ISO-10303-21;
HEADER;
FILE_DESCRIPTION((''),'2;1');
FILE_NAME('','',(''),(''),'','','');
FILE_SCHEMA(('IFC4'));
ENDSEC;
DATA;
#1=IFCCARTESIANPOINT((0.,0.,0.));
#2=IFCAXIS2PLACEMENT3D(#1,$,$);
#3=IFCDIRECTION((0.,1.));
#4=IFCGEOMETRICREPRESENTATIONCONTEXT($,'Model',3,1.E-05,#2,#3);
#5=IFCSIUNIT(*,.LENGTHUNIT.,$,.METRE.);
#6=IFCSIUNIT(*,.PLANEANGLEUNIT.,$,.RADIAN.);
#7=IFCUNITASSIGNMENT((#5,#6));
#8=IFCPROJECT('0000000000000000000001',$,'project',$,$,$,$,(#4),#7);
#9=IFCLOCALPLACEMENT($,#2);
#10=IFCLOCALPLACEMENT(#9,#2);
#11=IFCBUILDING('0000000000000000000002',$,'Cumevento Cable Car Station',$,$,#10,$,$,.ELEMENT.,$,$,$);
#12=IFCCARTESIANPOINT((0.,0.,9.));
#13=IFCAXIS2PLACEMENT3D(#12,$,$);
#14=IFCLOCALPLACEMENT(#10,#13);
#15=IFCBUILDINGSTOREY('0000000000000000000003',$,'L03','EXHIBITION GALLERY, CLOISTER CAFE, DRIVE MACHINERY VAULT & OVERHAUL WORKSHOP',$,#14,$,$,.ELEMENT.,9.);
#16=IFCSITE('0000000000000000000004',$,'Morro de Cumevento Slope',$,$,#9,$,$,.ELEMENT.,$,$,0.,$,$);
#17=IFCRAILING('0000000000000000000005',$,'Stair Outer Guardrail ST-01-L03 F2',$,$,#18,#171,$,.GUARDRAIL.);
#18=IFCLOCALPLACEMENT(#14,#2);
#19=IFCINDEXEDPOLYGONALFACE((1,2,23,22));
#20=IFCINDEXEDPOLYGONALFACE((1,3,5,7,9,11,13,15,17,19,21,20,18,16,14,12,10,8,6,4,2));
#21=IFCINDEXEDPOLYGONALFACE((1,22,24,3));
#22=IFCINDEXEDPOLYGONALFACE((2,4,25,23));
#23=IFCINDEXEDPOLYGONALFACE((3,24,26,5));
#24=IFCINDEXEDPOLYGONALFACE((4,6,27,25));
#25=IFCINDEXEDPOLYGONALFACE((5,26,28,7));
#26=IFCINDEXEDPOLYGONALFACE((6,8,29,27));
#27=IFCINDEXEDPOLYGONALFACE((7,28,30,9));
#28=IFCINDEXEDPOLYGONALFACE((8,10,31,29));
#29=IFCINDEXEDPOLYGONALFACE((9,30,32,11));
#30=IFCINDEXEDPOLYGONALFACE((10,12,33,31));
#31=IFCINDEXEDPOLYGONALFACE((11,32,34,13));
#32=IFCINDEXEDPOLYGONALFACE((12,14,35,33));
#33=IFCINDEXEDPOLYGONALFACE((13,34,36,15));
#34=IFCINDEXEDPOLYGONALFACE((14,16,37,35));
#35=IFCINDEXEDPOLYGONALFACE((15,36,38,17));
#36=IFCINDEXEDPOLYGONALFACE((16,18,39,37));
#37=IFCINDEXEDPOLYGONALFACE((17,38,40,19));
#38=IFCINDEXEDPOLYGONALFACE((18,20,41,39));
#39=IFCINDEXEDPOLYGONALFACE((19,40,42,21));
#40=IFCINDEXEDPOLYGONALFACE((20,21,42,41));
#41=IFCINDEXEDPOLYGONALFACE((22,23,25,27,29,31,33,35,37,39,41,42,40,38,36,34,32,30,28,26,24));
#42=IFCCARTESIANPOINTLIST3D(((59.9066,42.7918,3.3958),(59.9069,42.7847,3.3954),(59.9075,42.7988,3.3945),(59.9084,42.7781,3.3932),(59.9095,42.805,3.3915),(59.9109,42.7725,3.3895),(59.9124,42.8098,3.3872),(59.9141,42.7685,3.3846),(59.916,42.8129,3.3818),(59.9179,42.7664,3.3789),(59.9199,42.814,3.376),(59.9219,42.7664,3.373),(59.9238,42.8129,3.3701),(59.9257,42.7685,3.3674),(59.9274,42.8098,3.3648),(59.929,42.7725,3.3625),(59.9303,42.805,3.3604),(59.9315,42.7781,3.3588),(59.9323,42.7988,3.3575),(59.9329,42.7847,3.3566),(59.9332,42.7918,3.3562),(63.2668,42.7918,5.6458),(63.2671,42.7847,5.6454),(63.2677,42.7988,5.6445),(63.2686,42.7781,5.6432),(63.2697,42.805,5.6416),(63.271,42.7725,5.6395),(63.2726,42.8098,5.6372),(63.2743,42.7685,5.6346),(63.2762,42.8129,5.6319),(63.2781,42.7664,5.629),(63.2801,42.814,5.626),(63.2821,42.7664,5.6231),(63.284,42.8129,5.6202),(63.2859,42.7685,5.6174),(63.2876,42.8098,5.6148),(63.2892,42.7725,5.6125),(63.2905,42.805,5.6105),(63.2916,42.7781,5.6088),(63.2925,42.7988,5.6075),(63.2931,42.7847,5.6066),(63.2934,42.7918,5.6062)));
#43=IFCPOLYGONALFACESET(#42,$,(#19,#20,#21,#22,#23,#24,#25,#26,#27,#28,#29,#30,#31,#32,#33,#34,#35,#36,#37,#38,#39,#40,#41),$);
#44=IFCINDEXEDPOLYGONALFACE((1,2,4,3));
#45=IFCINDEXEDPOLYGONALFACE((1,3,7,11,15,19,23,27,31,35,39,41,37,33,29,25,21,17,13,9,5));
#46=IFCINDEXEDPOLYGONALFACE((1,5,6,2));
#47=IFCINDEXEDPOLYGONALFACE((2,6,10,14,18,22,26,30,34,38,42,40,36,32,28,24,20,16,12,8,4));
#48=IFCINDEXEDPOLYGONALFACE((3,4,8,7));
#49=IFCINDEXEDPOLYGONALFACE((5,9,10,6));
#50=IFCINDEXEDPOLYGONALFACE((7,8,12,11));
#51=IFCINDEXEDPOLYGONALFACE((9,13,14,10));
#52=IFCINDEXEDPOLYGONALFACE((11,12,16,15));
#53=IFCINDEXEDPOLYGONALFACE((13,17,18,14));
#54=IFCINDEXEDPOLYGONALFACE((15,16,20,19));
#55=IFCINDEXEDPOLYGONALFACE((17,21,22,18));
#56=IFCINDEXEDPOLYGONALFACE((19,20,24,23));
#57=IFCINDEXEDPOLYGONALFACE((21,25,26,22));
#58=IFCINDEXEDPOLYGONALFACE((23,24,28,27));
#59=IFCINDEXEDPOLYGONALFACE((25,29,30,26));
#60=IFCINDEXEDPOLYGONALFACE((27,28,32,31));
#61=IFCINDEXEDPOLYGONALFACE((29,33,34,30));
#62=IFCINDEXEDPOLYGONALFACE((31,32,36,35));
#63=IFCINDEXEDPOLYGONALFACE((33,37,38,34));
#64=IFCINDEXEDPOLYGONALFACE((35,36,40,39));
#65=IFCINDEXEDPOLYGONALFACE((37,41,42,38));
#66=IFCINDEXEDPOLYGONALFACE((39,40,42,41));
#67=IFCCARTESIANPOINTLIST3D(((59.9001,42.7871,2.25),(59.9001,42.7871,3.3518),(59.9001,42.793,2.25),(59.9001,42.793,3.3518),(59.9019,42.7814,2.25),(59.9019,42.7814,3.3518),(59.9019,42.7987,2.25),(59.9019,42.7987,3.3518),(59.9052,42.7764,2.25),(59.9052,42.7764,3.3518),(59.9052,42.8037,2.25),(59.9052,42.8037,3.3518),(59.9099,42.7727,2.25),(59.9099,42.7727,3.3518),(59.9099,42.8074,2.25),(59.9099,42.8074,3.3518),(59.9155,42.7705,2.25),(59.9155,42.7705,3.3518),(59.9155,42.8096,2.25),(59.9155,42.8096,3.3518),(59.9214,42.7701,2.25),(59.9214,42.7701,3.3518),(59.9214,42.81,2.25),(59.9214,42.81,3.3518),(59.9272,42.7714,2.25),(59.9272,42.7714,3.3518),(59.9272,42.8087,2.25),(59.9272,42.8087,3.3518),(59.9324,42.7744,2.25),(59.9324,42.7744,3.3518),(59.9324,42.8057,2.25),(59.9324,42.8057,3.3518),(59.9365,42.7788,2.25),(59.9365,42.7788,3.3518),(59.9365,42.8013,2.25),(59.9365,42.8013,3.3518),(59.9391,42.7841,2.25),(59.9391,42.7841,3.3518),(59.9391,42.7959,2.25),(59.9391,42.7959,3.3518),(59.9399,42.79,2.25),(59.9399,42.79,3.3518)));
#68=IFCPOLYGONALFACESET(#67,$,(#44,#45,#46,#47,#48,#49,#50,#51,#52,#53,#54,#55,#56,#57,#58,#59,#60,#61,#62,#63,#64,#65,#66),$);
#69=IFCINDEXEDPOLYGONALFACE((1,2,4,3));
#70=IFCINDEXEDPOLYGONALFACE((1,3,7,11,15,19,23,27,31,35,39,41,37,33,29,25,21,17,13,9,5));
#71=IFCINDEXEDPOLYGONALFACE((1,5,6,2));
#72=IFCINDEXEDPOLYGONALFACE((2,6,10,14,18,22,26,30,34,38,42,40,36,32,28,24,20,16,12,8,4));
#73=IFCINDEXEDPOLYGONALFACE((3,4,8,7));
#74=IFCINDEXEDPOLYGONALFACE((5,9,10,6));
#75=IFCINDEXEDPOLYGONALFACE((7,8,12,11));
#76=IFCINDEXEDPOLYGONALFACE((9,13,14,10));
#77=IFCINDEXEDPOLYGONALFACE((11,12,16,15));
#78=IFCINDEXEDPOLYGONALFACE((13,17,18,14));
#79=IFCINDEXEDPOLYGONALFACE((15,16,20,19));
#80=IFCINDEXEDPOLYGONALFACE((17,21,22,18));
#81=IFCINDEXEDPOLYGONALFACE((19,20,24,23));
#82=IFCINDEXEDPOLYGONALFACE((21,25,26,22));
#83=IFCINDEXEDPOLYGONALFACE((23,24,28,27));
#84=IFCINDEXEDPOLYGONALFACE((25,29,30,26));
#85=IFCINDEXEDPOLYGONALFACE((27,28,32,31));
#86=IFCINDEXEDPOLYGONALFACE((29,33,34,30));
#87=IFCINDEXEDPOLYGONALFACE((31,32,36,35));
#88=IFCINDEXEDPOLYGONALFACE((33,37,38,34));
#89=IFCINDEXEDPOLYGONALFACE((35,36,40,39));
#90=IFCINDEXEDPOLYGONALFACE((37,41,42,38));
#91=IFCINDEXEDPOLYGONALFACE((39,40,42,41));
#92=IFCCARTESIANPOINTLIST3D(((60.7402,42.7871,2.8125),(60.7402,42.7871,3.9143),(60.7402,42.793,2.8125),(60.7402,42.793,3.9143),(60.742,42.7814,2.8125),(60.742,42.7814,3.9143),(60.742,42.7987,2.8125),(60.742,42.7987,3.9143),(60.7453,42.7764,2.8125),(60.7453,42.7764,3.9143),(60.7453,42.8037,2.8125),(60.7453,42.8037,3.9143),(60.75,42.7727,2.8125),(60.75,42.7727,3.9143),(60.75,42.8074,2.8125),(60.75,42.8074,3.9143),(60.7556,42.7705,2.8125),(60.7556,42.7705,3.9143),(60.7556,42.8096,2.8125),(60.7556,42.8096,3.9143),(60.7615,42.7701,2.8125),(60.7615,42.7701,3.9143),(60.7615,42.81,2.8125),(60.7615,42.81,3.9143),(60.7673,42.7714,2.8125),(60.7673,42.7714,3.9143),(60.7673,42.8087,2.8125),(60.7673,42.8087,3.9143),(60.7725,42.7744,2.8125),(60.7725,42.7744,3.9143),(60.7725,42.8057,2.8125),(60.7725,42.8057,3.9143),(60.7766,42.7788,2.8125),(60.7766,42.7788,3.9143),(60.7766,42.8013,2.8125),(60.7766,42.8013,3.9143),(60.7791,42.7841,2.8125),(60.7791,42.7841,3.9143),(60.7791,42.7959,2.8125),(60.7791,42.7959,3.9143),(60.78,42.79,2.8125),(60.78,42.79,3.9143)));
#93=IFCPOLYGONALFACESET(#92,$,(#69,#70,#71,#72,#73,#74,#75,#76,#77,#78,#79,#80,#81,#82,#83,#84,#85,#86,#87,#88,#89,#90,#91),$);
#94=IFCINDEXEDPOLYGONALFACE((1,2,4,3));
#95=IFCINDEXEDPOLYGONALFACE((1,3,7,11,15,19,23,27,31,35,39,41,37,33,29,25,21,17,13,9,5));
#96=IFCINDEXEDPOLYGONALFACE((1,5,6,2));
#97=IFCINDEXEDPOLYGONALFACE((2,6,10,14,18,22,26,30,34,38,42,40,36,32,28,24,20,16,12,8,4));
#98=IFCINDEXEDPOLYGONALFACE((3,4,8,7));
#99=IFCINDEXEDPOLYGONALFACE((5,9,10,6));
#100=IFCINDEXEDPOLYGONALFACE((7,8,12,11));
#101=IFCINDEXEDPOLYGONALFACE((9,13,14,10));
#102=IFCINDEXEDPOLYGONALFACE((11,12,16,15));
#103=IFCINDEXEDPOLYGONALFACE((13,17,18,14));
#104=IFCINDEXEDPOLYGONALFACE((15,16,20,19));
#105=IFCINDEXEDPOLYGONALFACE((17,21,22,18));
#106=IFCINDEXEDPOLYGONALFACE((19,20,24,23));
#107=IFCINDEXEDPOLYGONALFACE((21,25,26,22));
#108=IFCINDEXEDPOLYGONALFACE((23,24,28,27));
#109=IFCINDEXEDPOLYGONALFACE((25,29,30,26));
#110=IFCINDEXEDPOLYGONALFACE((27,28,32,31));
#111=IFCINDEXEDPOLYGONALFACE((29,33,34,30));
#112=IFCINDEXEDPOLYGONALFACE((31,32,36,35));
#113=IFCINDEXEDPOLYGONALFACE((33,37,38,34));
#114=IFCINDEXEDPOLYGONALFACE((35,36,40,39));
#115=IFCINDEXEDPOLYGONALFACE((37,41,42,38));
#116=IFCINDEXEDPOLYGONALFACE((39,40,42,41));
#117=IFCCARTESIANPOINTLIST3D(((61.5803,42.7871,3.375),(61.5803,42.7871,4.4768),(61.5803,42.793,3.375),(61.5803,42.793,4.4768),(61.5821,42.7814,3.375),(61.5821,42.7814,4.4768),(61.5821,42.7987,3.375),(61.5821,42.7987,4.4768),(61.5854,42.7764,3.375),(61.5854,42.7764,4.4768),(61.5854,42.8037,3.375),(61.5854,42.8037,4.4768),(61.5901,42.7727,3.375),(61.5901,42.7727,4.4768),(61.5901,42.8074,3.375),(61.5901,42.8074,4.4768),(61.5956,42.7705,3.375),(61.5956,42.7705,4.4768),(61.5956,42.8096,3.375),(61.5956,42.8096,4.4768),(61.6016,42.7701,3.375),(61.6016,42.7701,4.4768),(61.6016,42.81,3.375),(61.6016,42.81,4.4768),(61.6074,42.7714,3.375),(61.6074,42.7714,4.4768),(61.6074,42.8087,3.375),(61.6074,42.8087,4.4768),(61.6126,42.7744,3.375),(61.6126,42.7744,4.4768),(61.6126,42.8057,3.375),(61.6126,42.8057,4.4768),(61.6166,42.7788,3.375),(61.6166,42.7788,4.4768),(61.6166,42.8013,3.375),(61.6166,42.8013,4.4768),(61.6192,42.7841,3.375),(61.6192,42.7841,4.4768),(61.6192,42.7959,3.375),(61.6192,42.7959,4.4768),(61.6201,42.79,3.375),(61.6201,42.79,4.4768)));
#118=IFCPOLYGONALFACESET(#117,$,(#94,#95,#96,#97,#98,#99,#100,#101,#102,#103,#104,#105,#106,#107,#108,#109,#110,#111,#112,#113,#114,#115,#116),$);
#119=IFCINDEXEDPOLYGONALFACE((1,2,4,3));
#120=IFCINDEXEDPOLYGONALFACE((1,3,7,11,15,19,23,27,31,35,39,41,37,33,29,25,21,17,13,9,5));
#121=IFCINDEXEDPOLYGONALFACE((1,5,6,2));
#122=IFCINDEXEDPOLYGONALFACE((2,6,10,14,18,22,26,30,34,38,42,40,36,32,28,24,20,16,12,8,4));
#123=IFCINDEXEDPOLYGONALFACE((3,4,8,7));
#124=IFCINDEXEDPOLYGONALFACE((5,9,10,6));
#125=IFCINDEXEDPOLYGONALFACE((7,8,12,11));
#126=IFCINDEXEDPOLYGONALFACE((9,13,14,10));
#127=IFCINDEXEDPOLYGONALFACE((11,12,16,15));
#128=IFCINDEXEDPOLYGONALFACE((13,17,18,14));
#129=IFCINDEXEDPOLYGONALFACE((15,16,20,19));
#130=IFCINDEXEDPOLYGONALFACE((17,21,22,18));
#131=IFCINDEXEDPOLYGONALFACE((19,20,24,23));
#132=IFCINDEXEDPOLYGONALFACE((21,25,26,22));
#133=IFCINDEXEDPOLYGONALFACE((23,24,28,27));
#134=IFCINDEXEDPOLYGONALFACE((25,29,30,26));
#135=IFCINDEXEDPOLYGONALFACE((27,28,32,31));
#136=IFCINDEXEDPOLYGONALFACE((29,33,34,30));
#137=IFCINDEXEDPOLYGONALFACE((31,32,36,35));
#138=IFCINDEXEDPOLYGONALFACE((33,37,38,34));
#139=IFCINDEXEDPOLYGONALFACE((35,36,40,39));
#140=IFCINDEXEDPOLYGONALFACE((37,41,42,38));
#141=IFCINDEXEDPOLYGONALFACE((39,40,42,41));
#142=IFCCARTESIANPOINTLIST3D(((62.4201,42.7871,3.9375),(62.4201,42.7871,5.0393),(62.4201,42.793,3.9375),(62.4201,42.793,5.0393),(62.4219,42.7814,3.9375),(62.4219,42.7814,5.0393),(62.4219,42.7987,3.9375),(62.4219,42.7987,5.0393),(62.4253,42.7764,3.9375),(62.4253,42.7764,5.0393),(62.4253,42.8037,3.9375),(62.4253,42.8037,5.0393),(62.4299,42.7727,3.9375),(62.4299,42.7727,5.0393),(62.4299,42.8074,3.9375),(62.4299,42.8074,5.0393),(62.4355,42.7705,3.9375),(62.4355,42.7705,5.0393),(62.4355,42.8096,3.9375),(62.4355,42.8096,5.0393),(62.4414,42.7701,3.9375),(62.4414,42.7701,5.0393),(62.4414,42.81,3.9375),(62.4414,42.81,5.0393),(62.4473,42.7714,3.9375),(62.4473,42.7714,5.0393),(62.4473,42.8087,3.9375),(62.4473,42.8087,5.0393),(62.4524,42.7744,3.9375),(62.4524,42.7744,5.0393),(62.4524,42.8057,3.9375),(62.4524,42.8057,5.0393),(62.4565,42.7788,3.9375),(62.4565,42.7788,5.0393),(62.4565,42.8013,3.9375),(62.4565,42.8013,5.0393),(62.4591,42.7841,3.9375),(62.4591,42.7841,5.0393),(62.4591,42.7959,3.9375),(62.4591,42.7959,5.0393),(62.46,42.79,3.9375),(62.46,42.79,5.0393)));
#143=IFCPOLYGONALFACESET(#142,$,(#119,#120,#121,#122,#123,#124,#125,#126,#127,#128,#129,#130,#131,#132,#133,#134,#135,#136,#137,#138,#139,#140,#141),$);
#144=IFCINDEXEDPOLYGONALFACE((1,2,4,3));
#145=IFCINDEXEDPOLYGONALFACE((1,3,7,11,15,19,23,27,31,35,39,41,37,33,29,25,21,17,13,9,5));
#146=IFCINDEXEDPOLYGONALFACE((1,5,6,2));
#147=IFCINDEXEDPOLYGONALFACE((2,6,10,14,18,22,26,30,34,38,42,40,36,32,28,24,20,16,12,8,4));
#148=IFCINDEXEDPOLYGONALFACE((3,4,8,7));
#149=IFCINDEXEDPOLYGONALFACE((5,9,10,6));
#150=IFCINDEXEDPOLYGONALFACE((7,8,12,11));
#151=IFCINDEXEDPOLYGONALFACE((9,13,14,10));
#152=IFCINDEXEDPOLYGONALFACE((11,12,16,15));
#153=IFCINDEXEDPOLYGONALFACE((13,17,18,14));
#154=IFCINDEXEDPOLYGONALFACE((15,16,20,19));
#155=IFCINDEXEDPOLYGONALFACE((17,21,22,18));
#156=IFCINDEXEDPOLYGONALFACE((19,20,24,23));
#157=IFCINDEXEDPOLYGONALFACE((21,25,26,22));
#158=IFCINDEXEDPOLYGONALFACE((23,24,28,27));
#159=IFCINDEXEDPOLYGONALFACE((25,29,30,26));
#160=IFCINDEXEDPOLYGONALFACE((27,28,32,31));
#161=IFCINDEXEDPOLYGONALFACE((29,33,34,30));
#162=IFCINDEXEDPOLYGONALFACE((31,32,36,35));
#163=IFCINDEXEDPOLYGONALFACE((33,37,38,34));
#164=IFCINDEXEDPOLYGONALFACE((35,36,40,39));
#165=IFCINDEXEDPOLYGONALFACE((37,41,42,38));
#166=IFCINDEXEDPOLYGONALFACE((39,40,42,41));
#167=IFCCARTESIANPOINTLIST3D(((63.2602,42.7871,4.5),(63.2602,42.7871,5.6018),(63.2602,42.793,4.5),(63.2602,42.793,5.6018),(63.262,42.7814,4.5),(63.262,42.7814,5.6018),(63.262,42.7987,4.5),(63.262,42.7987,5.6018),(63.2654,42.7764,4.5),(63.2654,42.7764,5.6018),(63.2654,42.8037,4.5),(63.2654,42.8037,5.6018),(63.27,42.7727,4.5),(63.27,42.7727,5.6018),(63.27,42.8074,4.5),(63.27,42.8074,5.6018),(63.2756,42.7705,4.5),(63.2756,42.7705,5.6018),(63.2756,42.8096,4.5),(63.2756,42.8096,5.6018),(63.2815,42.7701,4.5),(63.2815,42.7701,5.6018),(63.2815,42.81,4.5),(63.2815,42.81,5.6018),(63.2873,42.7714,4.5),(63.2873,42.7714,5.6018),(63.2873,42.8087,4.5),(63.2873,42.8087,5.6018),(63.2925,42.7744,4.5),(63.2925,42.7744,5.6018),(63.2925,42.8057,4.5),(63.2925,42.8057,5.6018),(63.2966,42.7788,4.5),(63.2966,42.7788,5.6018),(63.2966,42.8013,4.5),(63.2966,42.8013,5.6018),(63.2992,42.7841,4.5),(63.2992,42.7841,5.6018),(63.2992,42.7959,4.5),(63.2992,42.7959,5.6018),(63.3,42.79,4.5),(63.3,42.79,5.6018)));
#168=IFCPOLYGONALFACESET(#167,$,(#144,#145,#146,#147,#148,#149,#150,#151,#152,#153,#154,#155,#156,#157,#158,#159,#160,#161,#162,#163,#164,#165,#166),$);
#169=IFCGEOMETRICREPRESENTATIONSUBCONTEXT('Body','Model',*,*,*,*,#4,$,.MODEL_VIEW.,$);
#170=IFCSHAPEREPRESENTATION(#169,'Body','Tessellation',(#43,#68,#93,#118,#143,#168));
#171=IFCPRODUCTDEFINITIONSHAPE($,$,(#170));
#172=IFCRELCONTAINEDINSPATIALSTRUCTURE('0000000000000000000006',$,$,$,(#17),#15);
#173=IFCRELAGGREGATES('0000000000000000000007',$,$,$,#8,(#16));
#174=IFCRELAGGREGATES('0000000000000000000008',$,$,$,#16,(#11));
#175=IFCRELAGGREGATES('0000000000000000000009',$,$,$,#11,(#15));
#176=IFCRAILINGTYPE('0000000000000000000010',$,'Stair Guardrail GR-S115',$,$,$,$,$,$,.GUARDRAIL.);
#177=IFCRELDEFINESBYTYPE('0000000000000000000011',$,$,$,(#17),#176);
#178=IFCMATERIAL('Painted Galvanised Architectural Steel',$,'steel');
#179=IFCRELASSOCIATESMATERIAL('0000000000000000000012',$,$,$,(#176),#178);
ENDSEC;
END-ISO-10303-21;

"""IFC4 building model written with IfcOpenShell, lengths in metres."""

from ifc_helpers import new_model, si_unit, direction, frame, origin, origin_2d, place, context, subcontext, project, spatial, circle, extrude, material, type_object, element, save


model = new_model("IFC4")

# Units and contexts
model_context = context("Model", 3, precision=1e-05, world=origin(), true_north=direction((0.0, 1.0)))
body_context = subcontext(model_context, "Body", "Model", "MODEL_VIEW")
ifc_project = project(units=[si_unit("LENGTHUNIT", "METRE"), si_unit("PLANEANGLEUNIT", "RADIAN")], contexts=[model_context])

# Site, building, storey
site_placement = place(None, origin())
site = spatial("IfcSite", under=ifc_project, at=site_placement, Name="Morro de Cumevento Slope", CompositionType="ELEMENT", RefElevation=0.0)
building_placement = place(site_placement, origin())
building = spatial("IfcBuilding", under=site, at=building_placement, Name="Cumevento Cable Car Station", CompositionType="ELEMENT")
storey_placement = place(building_placement, frame((0.0, 0.0, 9.0)))
storey = spatial("IfcBuildingStorey", under=building, at=storey_placement, Name="L03", Description="EXHIBITION GALLERY, CLOISTER CAFE, DRIVE MACHINERY VAULT & OVERHAUL WORKSHOP", CompositionType="ELEMENT", Elevation=9.0)

# Railing
ifc_material_1 = material(Name="Painted Galvanised Architectural Steel", Category="steel")
railing_type_1 = type_object("IfcRailingType", Name="Stair Guardrail GR-S115", PredefinedType="GUARDRAIL", material=ifc_material_1)
railing_1_placement = place(storey_placement, frame((59.9199, 42.79, 2.25)))
element("IfcRailing", 1, at=railing_1_placement, inside=storey, type_object=railing_type_1, Name="Stair Outer Guardrail ST-01-L03 F2", PredefinedType="GUARDRAIL", context=body_context, shape_type="SweptSolid", body=[
    extrude(circle(Radius=0.0239, at=origin_2d()), frame((0.0, 0.0, 1.126), z_axis=(0.830915, 0.0, 0.556399), x_axis=(0.0, 1.0, 0.0)), (0.0, 0.0, 1.0), 4.0439),
    extrude(circle(Radius=0.02, at=origin_2d()), origin(), (0.0, 0.0, 1.0), 1.1018),
    extrude(circle(Radius=0.02, at=origin_2d()), frame((0.8401, 0.0, 0.5625)), (0.0, 0.0, 1.0), 1.1018),
    extrude(circle(Radius=0.02, at=origin_2d()), frame((1.6802, 0.0, 1.125)), (0.0, 0.0, 1.0), 1.1018),
    extrude(circle(Radius=0.02, at=origin_2d()), frame((2.52, 0.0, 1.6875)), (0.0, 0.0, 1.0), 1.1018),
    extrude(circle(Radius=0.02, at=origin_2d()), frame((3.3601, 0.0, 2.25)), (0.0, 0.0, 1.0), 1.1018),
])

save(model, "model.ifc")
